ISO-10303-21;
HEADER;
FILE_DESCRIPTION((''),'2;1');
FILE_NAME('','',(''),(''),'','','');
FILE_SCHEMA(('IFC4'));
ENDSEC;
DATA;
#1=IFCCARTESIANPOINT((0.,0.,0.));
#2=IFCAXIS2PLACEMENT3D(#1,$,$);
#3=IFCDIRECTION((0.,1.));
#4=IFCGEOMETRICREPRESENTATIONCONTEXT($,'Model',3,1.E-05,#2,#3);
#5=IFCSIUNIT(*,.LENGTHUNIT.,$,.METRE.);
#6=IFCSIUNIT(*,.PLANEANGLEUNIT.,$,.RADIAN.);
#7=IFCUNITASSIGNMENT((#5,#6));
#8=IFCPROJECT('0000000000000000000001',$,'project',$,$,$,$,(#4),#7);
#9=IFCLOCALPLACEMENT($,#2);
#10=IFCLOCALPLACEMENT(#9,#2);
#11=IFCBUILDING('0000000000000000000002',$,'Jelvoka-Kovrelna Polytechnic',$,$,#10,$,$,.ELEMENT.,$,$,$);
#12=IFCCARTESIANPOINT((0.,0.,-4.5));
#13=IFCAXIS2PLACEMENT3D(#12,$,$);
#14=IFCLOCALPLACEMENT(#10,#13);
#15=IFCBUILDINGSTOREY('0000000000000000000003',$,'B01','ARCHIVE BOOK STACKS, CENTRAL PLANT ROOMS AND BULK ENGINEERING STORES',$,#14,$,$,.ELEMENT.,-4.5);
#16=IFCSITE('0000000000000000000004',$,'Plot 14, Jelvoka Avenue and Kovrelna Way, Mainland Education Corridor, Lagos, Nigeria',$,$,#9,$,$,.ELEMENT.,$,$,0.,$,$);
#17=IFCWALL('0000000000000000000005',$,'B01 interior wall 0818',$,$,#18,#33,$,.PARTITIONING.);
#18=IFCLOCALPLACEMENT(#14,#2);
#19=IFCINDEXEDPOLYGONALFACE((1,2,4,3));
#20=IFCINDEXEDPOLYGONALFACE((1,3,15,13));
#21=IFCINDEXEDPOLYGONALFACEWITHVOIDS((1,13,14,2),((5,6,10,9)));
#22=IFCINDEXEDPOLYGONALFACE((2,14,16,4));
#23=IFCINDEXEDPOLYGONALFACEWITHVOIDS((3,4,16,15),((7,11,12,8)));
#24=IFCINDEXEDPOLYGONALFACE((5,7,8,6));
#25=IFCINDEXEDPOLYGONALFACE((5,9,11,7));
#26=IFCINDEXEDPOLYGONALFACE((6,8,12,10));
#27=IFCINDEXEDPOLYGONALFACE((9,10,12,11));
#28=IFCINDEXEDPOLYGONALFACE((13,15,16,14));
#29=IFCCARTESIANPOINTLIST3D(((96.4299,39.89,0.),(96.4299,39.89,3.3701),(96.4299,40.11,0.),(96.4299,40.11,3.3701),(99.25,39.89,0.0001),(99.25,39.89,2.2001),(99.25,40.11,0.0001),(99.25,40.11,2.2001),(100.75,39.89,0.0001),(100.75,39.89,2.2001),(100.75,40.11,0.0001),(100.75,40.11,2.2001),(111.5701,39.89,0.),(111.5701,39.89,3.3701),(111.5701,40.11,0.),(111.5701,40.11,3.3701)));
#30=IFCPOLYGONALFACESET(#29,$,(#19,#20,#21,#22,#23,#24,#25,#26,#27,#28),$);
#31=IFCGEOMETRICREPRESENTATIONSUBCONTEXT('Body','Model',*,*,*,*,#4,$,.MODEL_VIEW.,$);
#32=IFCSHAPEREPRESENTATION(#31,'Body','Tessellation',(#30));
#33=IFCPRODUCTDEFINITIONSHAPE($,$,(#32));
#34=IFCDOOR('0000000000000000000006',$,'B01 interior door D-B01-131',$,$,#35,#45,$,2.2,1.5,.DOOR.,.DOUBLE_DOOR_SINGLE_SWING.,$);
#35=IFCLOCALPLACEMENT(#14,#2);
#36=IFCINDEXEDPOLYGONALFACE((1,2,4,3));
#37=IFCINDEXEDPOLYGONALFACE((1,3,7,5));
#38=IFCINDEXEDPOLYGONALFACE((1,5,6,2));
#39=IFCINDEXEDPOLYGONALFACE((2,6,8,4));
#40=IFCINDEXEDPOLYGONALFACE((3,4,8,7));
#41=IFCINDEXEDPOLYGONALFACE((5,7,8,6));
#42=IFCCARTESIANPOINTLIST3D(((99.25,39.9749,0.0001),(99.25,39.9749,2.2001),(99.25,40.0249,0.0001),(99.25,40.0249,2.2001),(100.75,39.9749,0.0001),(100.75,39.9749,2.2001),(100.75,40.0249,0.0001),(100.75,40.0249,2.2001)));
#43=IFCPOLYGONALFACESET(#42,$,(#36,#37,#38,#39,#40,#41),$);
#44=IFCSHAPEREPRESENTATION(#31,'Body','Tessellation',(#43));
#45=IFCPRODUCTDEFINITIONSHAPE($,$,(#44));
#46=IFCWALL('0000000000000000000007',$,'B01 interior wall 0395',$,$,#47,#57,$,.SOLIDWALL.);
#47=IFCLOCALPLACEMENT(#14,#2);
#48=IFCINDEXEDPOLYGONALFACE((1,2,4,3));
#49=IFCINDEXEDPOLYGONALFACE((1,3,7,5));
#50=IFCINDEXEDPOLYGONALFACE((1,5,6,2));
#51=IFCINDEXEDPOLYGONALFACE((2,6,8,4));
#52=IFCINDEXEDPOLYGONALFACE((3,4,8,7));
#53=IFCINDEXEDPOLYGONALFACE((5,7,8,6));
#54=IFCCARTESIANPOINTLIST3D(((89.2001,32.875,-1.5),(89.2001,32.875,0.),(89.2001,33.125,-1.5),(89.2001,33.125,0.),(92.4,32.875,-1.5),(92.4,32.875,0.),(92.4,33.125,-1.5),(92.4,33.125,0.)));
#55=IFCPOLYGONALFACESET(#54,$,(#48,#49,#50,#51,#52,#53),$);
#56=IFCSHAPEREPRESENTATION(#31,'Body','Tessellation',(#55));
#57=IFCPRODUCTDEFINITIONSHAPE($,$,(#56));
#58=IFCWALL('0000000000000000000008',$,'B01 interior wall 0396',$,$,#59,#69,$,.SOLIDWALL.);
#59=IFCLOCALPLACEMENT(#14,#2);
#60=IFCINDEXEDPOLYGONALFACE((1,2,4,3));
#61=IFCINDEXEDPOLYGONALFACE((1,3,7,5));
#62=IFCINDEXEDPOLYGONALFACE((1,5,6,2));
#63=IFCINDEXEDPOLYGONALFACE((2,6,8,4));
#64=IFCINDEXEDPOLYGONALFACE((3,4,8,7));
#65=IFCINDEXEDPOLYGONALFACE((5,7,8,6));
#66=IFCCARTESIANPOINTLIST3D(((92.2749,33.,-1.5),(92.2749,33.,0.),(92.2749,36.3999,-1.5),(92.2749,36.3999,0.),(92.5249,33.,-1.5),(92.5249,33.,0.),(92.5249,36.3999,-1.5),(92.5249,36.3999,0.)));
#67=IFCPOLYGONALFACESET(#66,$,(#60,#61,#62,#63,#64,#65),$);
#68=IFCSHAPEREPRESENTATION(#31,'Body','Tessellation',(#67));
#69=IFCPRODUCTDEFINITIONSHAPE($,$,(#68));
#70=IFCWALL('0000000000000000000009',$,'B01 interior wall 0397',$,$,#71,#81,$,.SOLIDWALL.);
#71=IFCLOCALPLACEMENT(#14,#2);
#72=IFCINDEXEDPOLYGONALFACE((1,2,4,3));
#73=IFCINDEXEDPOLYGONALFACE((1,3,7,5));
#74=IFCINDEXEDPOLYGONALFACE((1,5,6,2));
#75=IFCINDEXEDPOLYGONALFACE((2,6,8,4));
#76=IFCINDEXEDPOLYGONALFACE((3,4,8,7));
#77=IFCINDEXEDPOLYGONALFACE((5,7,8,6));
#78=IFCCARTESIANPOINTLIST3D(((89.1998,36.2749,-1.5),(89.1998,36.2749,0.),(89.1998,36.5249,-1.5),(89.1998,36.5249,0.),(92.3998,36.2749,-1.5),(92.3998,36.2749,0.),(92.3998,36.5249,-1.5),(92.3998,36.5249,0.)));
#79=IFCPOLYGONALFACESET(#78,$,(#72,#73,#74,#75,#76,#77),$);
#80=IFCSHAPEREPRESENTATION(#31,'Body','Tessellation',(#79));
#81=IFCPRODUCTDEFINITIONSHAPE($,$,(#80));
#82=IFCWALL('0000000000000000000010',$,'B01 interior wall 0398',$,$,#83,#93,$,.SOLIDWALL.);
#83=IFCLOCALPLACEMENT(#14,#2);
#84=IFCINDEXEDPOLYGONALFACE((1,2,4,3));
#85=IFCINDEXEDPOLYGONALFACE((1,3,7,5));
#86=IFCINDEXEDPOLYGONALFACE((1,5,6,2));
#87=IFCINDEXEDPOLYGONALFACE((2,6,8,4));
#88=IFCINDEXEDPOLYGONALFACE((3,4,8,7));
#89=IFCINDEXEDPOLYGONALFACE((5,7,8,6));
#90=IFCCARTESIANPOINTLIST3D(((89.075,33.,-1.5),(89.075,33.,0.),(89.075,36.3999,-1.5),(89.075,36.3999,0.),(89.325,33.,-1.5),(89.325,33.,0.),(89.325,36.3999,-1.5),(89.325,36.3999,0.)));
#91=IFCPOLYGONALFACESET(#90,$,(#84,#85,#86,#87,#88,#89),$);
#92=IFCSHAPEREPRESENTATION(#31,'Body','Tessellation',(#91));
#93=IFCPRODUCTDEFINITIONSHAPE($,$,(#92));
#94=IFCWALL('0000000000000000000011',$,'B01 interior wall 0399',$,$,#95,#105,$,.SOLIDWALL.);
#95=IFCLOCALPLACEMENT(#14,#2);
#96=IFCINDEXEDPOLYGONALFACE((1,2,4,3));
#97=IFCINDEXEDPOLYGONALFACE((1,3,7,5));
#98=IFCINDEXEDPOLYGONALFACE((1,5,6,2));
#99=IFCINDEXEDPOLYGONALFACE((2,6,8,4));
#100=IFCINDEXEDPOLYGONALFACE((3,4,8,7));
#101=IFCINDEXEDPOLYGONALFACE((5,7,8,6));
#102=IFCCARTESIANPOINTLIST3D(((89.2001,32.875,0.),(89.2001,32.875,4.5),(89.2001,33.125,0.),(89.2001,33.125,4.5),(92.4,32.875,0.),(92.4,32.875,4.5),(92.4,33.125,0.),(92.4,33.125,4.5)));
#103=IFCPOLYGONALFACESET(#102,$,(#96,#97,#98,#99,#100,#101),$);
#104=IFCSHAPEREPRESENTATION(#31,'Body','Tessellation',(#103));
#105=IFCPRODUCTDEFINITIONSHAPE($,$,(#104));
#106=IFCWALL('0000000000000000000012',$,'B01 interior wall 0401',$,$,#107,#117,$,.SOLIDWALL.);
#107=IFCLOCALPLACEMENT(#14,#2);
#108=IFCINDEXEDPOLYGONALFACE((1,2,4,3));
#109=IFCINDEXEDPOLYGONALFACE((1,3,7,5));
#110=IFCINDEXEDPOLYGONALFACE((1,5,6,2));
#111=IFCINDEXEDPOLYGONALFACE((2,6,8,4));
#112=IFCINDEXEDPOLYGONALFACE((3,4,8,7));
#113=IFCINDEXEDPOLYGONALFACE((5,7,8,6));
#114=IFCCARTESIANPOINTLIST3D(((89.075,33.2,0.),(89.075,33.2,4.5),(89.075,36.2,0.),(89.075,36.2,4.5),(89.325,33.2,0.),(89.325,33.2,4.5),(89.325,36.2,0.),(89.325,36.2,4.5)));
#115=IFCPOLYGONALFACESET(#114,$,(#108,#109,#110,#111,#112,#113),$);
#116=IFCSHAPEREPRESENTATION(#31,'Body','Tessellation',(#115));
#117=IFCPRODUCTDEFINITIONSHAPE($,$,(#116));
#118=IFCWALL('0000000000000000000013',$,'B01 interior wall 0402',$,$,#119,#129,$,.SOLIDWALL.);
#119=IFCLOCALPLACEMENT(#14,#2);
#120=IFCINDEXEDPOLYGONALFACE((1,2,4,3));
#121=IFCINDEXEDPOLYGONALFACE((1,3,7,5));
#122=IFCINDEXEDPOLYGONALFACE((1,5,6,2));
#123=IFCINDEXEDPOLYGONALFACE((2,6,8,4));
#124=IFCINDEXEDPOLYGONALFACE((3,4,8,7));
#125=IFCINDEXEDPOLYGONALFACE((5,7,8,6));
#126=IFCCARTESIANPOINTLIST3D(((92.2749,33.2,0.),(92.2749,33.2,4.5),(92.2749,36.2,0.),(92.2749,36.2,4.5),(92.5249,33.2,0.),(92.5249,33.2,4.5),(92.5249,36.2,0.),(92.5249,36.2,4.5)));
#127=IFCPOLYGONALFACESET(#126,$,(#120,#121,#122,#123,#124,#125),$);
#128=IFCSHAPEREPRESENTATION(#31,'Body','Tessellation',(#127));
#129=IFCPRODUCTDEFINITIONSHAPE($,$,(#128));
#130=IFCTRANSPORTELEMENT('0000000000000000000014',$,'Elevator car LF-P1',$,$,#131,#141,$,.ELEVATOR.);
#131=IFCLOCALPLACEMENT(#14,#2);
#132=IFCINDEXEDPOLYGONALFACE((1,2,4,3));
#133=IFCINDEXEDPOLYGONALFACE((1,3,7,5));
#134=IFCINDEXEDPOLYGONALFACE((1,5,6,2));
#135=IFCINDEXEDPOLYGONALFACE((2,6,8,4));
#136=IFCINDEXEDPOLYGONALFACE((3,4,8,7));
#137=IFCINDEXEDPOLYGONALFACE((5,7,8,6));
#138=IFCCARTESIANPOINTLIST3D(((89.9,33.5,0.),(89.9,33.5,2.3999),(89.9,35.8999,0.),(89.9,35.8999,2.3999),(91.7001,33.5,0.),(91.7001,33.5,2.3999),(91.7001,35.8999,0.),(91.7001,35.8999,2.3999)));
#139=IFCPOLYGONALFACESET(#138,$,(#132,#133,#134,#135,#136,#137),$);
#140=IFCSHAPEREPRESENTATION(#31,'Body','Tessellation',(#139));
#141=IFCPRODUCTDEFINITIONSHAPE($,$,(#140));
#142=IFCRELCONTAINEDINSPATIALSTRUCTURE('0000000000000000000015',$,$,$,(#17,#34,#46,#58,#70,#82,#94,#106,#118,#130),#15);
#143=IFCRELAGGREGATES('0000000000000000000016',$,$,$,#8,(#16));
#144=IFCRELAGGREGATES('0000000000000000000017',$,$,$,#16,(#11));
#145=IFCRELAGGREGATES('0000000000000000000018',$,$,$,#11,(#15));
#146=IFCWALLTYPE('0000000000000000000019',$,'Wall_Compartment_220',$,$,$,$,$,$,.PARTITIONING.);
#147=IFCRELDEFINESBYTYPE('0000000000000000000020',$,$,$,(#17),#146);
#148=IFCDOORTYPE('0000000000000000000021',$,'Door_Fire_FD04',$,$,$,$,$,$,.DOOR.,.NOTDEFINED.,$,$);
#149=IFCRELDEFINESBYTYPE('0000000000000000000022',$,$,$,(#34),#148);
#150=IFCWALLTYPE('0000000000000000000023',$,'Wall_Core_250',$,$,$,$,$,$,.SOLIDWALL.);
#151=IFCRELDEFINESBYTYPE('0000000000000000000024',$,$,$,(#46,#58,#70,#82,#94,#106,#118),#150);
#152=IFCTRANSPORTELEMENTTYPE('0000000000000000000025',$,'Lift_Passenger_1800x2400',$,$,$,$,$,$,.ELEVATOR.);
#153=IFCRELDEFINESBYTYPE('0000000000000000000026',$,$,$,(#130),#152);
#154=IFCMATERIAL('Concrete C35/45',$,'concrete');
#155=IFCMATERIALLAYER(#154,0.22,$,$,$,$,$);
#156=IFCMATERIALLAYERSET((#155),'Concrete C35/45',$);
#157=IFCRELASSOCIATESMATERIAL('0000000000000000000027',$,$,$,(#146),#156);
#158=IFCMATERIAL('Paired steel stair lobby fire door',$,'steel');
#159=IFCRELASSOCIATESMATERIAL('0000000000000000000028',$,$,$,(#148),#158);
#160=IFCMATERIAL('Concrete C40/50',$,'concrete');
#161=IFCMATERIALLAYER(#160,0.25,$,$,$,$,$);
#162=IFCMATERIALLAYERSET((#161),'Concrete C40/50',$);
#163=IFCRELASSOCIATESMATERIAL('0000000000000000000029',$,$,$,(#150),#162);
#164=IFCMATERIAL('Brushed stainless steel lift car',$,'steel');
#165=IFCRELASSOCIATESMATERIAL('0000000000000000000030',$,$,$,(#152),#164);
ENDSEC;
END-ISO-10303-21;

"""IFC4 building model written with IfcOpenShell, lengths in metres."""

from ifc_helpers import new_model, si_unit, direction, frame, frame_2d, origin, origin_2d, place, context, subcontext, project, spatial, rectangle, extrude, material, layer, layer_set, type_object, element, fill, save


model = new_model("IFC4")

# Units and contexts
model_context = context("Model", 3, precision=1e-05, world=origin(), true_north=direction((0.0, 1.0)))
body_context = subcontext(model_context, "Body", "Model", "MODEL_VIEW")
ifc_project = project(units=[si_unit("LENGTHUNIT", "METRE"), si_unit("PLANEANGLEUNIT", "RADIAN")], contexts=[model_context])

# Site, building, storey
site_placement = place(None, origin())
site = spatial("IfcSite", under=ifc_project, at=site_placement, Name="Plot 14, Jelvoka Avenue and Kovrelna Way, Mainland Education Corridor, Lagos, Nigeria", CompositionType="ELEMENT", RefElevation=0.0)
building_placement = place(site_placement, origin())
building = spatial("IfcBuilding", under=site, at=building_placement, Name="Jelvoka-Kovrelna Polytechnic", CompositionType="ELEMENT")
storey_placement = place(building_placement, frame((0.0, 0.0, -4.5)))
storey = spatial("IfcBuildingStorey", under=building, at=storey_placement, Name="B01", Description="ARCHIVE BOOK STACKS, CENTRAL PLANT ROOMS AND BULK ENGINEERING STORES", CompositionType="ELEMENT", Elevation=-4.5)

# Shared definitions
ifc_material_1 = material(Name="Concrete C35/45", Category="concrete")
ifc_layer_1 = layer(ifc_material_1, 0.22)
ifc_layer_set_1 = layer_set([ifc_layer_1], Name="Concrete C35/45")
wall_type_1 = type_object("IfcWallType", Name="Wall_Compartment_220", PredefinedType="PARTITIONING", material=ifc_layer_set_1)

# Wall, opening, door
wall_1_placement = place(storey_placement, frame((96.4299, 40.0, 0.0), z_axis=(0.0, 0.0, 1.0), x_axis=(1.0, 0.0, 0.0)))
wall_1 = element("IfcWall", 1, at=wall_1_placement, inside=storey, type_object=wall_type_1, Name="B01 interior wall 0818", PredefinedType="PARTITIONING", context=body_context, shape_type="SweptSolid", body=[
    extrude(rectangle(XDim=15.1401, YDim=0.22, at=frame_2d((7.5701, 0.0))), origin(), (0.0, 0.0, 1.0), 3.3701),
])
opening_1_placement = place(wall_1_placement, frame((2.8201, 0.0, 0.0)))
opening_1 = element("IfcOpeningElement", 2, at=opening_1_placement, cuts=wall_1, PredefinedType="OPENING", context=body_context, shape_type="SweptSolid", body=[
    extrude(rectangle(XDim=1.5, YDim=2.2, at=frame_2d((0.75, 1.1001))), frame((0.0, 0.1199, 0.0), z_axis=(0.0, -1.0, 0.0), x_axis=(1.0, 0.0, 0.0)), (0.0, 0.0, 1.0), 0.24),
])
ifc_material_2 = material(Name="Paired steel stair lobby fire door", Category="steel")
door_type_1 = type_object("IfcDoorType", Name="Door_Fire_FD04", OperationType="NOTDEFINED", PredefinedType="DOOR", material=ifc_material_2)
door_1_placement = place(opening_1_placement, origin())
door_1 = element("IfcDoor", 3, at=door_1_placement, inside=storey, type_object=door_type_1, Name="B01 interior door D-B01-131", OperationType="DOUBLE_DOOR_SINGLE_SWING", OverallHeight=2.2, OverallWidth=1.5, PredefinedType="DOOR", context=body_context, shape_type="SweptSolid", body=[
    extrude(rectangle(XDim=1.5, YDim=2.2, at=frame_2d((0.75, 1.1001))), frame((0.0, 0.0249, 0.0), z_axis=(0.0, -1.0, 0.0), x_axis=(1.0, 0.0, 0.0)), (0.0, 0.0, 1.0), 0.05),
])
fill(opening_1, door_1)

# Walls
ifc_material_3 = material(Name="Concrete C40/50", Category="concrete")
ifc_layer_2 = layer(ifc_material_3, 0.25)
ifc_layer_set_2 = layer_set([ifc_layer_2], Name="Concrete C40/50")
wall_type_2 = type_object("IfcWallType", Name="Wall_Core_250", PredefinedType="SOLIDWALL", material=ifc_layer_set_2)
wall_2_placement = place(storey_placement, frame((89.2, 33.0, -1.5), z_axis=(0.0, 0.0, 1.0), x_axis=(1.0, 0.0, 0.0)))
element("IfcWall", 4, at=wall_2_placement, inside=storey, type_object=wall_type_2, Name="B01 interior wall 0395", PredefinedType="SOLIDWALL", context=body_context, shape_type="SweptSolid", body=[
    extrude(rectangle(XDim=3.2, YDim=0.25, at=frame_2d((1.6001, 0.0))), origin(), (0.0, 0.0, 1.0), 1.5),
])
wall_3_placement = place(storey_placement, frame((92.3999, 33.0, -1.5), z_axis=(0.0, 0.0, 1.0), x_axis=(0.0, 1.0, 0.0)))
element("IfcWall", 5, at=wall_3_placement, inside=storey, type_object=wall_type_2, Name="B01 interior wall 0396", PredefinedType="SOLIDWALL", context=body_context, shape_type="SweptSolid", body=[
    extrude(rectangle(XDim=3.3999, YDim=0.25, at=frame_2d((1.7, 0.0))), origin(), (0.0, 0.0, 1.0), 1.5),
])
wall_4_placement = place(storey_placement, frame((92.3999, 36.3999, -1.5), z_axis=(0.0, 0.0, 1.0), x_axis=(-1.0, 0.0, 0.0)))
element("IfcWall", 6, at=wall_4_placement, inside=storey, type_object=wall_type_2, Name="B01 interior wall 0397", PredefinedType="SOLIDWALL", context=body_context, shape_type="SweptSolid", body=[
    extrude(rectangle(XDim=3.2, YDim=0.25, at=frame_2d((1.6001, 0.0))), origin(), (0.0, 0.0, 1.0), 1.5),
])
wall_5_placement = place(storey_placement, frame((89.2, 36.3999, -1.5), z_axis=(0.0, 0.0, 1.0), x_axis=(0.0, -1.0, 0.0)))
element("IfcWall", 7, at=wall_5_placement, inside=storey, type_object=wall_type_2, Name="B01 interior wall 0398", PredefinedType="SOLIDWALL", context=body_context, shape_type="SweptSolid", body=[
    extrude(rectangle(XDim=3.3999, YDim=0.25, at=frame_2d((1.7, 0.0))), origin(), (0.0, 0.0, 1.0), 1.5),
])
wall_6_placement = place(storey_placement, frame((89.2, 33.0, 0.0), z_axis=(0.0, 0.0, 1.0), x_axis=(1.0, 0.0, 0.0)))
element("IfcWall", 8, at=wall_6_placement, inside=storey, type_object=wall_type_2, Name="B01 interior wall 0399", PredefinedType="SOLIDWALL", context=body_context, shape_type="SweptSolid", body=[
    extrude(rectangle(XDim=3.2, YDim=0.25, at=frame_2d((1.6001, 0.0))), origin(), (0.0, 0.0, 1.0), 4.5),
])

# Walls
for number, where, z_axis, x_axis, name in (
    (9, (89.2, 33.2, 0.0), (0.0, 0.0, 1.0), (0.0, 1.0, 0.0), "B01 interior wall 0401"),
    (10, (92.3999, 33.2, 0.0), (0.0, 0.0, 1.0), (0.0, 1.0, 0.0), "B01 interior wall 0402"),
):
    element("IfcWall", number, at=place(storey_placement, frame(where, z_axis=z_axis, x_axis=x_axis)), inside=storey, type_object=wall_type_2, Name=name, PredefinedType="SOLIDWALL", context=body_context, shape_type="SweptSolid", body=[
        extrude(rectangle(XDim=3.0, YDim=0.25, at=frame_2d((1.5, 0.0))), origin(), (0.0, 0.0, 1.0), 4.5),
    ])

# Transport element
ifc_material_4 = material(Name="Brushed stainless steel lift car", Category="steel")
transport_element_type = type_object("IfcTransportElementType", Name="Lift_Passenger_1800x2400", PredefinedType="ELEVATOR", material=ifc_material_4)
transport_element_placement = place(storey_placement, frame((90.8, 34.7, 0.0), z_axis=(0.0, 0.0, 1.0), x_axis=(1.0, 0.0, 0.0)))
element("IfcTransportElement", 11, at=transport_element_placement, inside=storey, type_object=transport_element_type, Name="Elevator car LF-P1", PredefinedType="ELEVATOR", context=body_context, shape_type="SweptSolid", body=[
    extrude(rectangle(XDim=1.8, YDim=2.3999, at=origin_2d()), origin(), (0.0, 0.0, 1.0), 2.3999),
])

save(model, "model.ifc")
